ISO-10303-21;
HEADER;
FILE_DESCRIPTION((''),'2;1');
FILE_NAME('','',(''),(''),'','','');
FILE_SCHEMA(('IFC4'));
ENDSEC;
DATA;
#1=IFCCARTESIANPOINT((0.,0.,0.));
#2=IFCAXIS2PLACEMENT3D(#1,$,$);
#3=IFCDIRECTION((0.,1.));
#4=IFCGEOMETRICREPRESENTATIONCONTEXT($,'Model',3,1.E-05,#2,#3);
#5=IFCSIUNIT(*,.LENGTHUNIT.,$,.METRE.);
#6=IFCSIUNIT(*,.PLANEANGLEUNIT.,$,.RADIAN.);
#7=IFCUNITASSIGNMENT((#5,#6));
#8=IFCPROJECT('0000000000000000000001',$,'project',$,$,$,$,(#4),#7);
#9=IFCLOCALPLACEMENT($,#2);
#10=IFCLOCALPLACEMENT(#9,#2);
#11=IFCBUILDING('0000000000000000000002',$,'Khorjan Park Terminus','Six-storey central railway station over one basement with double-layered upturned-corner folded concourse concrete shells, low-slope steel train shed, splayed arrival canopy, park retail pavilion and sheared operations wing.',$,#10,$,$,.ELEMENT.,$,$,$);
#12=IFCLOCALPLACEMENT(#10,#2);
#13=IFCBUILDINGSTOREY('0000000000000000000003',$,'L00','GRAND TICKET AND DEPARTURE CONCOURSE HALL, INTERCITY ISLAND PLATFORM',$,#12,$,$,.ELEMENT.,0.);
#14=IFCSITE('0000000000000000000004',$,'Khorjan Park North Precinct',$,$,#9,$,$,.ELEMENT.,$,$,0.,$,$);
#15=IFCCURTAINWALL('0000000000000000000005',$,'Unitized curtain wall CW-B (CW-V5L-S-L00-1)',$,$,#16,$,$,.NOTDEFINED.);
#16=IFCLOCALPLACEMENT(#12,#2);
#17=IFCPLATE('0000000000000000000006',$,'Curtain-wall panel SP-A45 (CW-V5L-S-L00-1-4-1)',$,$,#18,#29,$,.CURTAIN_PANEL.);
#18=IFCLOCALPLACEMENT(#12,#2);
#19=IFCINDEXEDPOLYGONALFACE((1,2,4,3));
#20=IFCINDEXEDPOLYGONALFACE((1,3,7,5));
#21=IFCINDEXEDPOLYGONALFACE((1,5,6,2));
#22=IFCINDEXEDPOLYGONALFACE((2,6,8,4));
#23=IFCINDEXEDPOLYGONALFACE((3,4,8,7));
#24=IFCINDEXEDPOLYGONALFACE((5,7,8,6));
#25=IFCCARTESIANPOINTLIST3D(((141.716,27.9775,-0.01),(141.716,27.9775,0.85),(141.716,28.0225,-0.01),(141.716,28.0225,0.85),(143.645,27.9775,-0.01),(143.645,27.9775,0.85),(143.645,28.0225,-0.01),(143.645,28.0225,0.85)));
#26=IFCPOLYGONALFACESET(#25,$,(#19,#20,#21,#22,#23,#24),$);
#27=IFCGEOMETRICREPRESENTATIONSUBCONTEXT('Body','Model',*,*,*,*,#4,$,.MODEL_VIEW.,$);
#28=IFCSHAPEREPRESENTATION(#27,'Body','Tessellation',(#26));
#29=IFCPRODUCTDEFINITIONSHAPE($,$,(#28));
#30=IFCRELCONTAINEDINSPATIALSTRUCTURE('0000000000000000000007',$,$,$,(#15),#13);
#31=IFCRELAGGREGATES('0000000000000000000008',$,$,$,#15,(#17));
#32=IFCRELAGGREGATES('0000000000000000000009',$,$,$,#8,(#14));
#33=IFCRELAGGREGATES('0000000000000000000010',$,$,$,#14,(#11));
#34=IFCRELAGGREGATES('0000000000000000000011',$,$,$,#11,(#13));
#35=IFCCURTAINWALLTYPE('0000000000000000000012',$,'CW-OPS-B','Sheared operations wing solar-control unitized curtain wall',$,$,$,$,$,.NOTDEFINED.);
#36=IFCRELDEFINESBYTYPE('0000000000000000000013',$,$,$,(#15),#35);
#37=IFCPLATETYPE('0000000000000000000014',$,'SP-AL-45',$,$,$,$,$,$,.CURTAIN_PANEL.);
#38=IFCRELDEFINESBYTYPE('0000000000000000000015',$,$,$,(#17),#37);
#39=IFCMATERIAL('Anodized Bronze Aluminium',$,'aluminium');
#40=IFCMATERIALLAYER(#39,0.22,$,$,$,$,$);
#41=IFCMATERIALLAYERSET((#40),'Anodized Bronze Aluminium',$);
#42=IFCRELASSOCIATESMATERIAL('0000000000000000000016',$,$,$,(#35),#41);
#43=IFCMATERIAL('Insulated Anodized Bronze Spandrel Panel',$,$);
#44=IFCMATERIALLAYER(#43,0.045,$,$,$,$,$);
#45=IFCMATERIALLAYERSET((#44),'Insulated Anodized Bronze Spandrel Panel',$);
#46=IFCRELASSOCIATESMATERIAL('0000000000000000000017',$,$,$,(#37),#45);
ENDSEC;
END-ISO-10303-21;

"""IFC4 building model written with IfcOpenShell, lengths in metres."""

from ifc_helpers import new_model, si_unit, direction, frame, origin, origin_2d, place, context, subcontext, project, spatial, rectangle, extrude, material, layer, layer_set, type_object, element, aggregate, save


model = new_model("IFC4")

# Units and contexts
model_context = context("Model", 3, precision=1e-05, world=origin(), true_north=direction((0.0, 1.0)))
body_context = subcontext(model_context, "Body", "Model", "MODEL_VIEW")
ifc_project = project(units=[si_unit("LENGTHUNIT", "METRE"), si_unit("PLANEANGLEUNIT", "RADIAN")], contexts=[model_context])

# Site, building, storey
site_placement = place(None, origin())
site = spatial("IfcSite", under=ifc_project, at=site_placement, Name="Khorjan Park North Precinct", CompositionType="ELEMENT", RefElevation=0.0)
building_placement = place(site_placement, origin())
building = spatial("IfcBuilding", under=site, at=building_placement, Name="Khorjan Park Terminus", Description="Six-storey central railway station over one basement with double-layered upturned-corner folded concourse concrete shells, low-slope steel train shed, splayed arrival canopy, park retail pavilion and sheared operations wing.", CompositionType="ELEMENT")
storey_placement = place(building_placement, origin())
storey = spatial("IfcBuildingStorey", under=building, at=storey_placement, Name="L00", Description="GRAND TICKET AND DEPARTURE CONCOURSE HALL, INTERCITY ISLAND PLATFORM", CompositionType="ELEMENT", Elevation=0.0)

# Curtain wall, plate
ifc_material_1 = material(Name="Anodized Bronze Aluminium", Category="aluminium")
ifc_layer_1 = layer(ifc_material_1, 0.22)
ifc_layer_set_1 = layer_set([ifc_layer_1], Name="Anodized Bronze Aluminium")
curtain_wall_type = type_object("IfcCurtainWallType", Name="CW-OPS-B", Description="Sheared operations wing solar-control unitized curtain wall", PredefinedType="NOTDEFINED", material=ifc_layer_set_1)
curtain_wall_placement = place(storey_placement, origin())
curtain_wall = element("IfcCurtainWall", 1, at=curtain_wall_placement, inside=storey, type_object=curtain_wall_type, Name="Unitized curtain wall CW-B (CW-V5L-S-L00-1)", PredefinedType="NOTDEFINED")
ifc_material_2 = material(Name="Insulated Anodized Bronze Spandrel Panel")
ifc_layer_2 = layer(ifc_material_2, 0.045)
ifc_layer_set_2 = layer_set([ifc_layer_2], Name="Insulated Anodized Bronze Spandrel Panel")
plate_type_1 = type_object("IfcPlateType", Name="SP-AL-45", PredefinedType="CURTAIN_PANEL", material=ifc_layer_set_2)
plate_1_placement = place(storey_placement, frame((142.6805, 28.0, -0.01), z_axis=(0.0, 0.0, 1.0), x_axis=(1.0, 0.0, 0.0)))
plate_1 = element("IfcPlate", 2, at=plate_1_placement, type_object=plate_type_1, Name="Curtain-wall panel SP-A45 (CW-V5L-S-L00-1-4-1)", PredefinedType="CURTAIN_PANEL", context=body_context, shape_type="SweptSolid", body=[
    extrude(rectangle(XDim=1.929, YDim=0.045, at=origin_2d()), origin(), (0.0, 0.0, 1.0), 0.86),
])
aggregate(curtain_wall, [plate_1])

save(model, "model.ifc")
